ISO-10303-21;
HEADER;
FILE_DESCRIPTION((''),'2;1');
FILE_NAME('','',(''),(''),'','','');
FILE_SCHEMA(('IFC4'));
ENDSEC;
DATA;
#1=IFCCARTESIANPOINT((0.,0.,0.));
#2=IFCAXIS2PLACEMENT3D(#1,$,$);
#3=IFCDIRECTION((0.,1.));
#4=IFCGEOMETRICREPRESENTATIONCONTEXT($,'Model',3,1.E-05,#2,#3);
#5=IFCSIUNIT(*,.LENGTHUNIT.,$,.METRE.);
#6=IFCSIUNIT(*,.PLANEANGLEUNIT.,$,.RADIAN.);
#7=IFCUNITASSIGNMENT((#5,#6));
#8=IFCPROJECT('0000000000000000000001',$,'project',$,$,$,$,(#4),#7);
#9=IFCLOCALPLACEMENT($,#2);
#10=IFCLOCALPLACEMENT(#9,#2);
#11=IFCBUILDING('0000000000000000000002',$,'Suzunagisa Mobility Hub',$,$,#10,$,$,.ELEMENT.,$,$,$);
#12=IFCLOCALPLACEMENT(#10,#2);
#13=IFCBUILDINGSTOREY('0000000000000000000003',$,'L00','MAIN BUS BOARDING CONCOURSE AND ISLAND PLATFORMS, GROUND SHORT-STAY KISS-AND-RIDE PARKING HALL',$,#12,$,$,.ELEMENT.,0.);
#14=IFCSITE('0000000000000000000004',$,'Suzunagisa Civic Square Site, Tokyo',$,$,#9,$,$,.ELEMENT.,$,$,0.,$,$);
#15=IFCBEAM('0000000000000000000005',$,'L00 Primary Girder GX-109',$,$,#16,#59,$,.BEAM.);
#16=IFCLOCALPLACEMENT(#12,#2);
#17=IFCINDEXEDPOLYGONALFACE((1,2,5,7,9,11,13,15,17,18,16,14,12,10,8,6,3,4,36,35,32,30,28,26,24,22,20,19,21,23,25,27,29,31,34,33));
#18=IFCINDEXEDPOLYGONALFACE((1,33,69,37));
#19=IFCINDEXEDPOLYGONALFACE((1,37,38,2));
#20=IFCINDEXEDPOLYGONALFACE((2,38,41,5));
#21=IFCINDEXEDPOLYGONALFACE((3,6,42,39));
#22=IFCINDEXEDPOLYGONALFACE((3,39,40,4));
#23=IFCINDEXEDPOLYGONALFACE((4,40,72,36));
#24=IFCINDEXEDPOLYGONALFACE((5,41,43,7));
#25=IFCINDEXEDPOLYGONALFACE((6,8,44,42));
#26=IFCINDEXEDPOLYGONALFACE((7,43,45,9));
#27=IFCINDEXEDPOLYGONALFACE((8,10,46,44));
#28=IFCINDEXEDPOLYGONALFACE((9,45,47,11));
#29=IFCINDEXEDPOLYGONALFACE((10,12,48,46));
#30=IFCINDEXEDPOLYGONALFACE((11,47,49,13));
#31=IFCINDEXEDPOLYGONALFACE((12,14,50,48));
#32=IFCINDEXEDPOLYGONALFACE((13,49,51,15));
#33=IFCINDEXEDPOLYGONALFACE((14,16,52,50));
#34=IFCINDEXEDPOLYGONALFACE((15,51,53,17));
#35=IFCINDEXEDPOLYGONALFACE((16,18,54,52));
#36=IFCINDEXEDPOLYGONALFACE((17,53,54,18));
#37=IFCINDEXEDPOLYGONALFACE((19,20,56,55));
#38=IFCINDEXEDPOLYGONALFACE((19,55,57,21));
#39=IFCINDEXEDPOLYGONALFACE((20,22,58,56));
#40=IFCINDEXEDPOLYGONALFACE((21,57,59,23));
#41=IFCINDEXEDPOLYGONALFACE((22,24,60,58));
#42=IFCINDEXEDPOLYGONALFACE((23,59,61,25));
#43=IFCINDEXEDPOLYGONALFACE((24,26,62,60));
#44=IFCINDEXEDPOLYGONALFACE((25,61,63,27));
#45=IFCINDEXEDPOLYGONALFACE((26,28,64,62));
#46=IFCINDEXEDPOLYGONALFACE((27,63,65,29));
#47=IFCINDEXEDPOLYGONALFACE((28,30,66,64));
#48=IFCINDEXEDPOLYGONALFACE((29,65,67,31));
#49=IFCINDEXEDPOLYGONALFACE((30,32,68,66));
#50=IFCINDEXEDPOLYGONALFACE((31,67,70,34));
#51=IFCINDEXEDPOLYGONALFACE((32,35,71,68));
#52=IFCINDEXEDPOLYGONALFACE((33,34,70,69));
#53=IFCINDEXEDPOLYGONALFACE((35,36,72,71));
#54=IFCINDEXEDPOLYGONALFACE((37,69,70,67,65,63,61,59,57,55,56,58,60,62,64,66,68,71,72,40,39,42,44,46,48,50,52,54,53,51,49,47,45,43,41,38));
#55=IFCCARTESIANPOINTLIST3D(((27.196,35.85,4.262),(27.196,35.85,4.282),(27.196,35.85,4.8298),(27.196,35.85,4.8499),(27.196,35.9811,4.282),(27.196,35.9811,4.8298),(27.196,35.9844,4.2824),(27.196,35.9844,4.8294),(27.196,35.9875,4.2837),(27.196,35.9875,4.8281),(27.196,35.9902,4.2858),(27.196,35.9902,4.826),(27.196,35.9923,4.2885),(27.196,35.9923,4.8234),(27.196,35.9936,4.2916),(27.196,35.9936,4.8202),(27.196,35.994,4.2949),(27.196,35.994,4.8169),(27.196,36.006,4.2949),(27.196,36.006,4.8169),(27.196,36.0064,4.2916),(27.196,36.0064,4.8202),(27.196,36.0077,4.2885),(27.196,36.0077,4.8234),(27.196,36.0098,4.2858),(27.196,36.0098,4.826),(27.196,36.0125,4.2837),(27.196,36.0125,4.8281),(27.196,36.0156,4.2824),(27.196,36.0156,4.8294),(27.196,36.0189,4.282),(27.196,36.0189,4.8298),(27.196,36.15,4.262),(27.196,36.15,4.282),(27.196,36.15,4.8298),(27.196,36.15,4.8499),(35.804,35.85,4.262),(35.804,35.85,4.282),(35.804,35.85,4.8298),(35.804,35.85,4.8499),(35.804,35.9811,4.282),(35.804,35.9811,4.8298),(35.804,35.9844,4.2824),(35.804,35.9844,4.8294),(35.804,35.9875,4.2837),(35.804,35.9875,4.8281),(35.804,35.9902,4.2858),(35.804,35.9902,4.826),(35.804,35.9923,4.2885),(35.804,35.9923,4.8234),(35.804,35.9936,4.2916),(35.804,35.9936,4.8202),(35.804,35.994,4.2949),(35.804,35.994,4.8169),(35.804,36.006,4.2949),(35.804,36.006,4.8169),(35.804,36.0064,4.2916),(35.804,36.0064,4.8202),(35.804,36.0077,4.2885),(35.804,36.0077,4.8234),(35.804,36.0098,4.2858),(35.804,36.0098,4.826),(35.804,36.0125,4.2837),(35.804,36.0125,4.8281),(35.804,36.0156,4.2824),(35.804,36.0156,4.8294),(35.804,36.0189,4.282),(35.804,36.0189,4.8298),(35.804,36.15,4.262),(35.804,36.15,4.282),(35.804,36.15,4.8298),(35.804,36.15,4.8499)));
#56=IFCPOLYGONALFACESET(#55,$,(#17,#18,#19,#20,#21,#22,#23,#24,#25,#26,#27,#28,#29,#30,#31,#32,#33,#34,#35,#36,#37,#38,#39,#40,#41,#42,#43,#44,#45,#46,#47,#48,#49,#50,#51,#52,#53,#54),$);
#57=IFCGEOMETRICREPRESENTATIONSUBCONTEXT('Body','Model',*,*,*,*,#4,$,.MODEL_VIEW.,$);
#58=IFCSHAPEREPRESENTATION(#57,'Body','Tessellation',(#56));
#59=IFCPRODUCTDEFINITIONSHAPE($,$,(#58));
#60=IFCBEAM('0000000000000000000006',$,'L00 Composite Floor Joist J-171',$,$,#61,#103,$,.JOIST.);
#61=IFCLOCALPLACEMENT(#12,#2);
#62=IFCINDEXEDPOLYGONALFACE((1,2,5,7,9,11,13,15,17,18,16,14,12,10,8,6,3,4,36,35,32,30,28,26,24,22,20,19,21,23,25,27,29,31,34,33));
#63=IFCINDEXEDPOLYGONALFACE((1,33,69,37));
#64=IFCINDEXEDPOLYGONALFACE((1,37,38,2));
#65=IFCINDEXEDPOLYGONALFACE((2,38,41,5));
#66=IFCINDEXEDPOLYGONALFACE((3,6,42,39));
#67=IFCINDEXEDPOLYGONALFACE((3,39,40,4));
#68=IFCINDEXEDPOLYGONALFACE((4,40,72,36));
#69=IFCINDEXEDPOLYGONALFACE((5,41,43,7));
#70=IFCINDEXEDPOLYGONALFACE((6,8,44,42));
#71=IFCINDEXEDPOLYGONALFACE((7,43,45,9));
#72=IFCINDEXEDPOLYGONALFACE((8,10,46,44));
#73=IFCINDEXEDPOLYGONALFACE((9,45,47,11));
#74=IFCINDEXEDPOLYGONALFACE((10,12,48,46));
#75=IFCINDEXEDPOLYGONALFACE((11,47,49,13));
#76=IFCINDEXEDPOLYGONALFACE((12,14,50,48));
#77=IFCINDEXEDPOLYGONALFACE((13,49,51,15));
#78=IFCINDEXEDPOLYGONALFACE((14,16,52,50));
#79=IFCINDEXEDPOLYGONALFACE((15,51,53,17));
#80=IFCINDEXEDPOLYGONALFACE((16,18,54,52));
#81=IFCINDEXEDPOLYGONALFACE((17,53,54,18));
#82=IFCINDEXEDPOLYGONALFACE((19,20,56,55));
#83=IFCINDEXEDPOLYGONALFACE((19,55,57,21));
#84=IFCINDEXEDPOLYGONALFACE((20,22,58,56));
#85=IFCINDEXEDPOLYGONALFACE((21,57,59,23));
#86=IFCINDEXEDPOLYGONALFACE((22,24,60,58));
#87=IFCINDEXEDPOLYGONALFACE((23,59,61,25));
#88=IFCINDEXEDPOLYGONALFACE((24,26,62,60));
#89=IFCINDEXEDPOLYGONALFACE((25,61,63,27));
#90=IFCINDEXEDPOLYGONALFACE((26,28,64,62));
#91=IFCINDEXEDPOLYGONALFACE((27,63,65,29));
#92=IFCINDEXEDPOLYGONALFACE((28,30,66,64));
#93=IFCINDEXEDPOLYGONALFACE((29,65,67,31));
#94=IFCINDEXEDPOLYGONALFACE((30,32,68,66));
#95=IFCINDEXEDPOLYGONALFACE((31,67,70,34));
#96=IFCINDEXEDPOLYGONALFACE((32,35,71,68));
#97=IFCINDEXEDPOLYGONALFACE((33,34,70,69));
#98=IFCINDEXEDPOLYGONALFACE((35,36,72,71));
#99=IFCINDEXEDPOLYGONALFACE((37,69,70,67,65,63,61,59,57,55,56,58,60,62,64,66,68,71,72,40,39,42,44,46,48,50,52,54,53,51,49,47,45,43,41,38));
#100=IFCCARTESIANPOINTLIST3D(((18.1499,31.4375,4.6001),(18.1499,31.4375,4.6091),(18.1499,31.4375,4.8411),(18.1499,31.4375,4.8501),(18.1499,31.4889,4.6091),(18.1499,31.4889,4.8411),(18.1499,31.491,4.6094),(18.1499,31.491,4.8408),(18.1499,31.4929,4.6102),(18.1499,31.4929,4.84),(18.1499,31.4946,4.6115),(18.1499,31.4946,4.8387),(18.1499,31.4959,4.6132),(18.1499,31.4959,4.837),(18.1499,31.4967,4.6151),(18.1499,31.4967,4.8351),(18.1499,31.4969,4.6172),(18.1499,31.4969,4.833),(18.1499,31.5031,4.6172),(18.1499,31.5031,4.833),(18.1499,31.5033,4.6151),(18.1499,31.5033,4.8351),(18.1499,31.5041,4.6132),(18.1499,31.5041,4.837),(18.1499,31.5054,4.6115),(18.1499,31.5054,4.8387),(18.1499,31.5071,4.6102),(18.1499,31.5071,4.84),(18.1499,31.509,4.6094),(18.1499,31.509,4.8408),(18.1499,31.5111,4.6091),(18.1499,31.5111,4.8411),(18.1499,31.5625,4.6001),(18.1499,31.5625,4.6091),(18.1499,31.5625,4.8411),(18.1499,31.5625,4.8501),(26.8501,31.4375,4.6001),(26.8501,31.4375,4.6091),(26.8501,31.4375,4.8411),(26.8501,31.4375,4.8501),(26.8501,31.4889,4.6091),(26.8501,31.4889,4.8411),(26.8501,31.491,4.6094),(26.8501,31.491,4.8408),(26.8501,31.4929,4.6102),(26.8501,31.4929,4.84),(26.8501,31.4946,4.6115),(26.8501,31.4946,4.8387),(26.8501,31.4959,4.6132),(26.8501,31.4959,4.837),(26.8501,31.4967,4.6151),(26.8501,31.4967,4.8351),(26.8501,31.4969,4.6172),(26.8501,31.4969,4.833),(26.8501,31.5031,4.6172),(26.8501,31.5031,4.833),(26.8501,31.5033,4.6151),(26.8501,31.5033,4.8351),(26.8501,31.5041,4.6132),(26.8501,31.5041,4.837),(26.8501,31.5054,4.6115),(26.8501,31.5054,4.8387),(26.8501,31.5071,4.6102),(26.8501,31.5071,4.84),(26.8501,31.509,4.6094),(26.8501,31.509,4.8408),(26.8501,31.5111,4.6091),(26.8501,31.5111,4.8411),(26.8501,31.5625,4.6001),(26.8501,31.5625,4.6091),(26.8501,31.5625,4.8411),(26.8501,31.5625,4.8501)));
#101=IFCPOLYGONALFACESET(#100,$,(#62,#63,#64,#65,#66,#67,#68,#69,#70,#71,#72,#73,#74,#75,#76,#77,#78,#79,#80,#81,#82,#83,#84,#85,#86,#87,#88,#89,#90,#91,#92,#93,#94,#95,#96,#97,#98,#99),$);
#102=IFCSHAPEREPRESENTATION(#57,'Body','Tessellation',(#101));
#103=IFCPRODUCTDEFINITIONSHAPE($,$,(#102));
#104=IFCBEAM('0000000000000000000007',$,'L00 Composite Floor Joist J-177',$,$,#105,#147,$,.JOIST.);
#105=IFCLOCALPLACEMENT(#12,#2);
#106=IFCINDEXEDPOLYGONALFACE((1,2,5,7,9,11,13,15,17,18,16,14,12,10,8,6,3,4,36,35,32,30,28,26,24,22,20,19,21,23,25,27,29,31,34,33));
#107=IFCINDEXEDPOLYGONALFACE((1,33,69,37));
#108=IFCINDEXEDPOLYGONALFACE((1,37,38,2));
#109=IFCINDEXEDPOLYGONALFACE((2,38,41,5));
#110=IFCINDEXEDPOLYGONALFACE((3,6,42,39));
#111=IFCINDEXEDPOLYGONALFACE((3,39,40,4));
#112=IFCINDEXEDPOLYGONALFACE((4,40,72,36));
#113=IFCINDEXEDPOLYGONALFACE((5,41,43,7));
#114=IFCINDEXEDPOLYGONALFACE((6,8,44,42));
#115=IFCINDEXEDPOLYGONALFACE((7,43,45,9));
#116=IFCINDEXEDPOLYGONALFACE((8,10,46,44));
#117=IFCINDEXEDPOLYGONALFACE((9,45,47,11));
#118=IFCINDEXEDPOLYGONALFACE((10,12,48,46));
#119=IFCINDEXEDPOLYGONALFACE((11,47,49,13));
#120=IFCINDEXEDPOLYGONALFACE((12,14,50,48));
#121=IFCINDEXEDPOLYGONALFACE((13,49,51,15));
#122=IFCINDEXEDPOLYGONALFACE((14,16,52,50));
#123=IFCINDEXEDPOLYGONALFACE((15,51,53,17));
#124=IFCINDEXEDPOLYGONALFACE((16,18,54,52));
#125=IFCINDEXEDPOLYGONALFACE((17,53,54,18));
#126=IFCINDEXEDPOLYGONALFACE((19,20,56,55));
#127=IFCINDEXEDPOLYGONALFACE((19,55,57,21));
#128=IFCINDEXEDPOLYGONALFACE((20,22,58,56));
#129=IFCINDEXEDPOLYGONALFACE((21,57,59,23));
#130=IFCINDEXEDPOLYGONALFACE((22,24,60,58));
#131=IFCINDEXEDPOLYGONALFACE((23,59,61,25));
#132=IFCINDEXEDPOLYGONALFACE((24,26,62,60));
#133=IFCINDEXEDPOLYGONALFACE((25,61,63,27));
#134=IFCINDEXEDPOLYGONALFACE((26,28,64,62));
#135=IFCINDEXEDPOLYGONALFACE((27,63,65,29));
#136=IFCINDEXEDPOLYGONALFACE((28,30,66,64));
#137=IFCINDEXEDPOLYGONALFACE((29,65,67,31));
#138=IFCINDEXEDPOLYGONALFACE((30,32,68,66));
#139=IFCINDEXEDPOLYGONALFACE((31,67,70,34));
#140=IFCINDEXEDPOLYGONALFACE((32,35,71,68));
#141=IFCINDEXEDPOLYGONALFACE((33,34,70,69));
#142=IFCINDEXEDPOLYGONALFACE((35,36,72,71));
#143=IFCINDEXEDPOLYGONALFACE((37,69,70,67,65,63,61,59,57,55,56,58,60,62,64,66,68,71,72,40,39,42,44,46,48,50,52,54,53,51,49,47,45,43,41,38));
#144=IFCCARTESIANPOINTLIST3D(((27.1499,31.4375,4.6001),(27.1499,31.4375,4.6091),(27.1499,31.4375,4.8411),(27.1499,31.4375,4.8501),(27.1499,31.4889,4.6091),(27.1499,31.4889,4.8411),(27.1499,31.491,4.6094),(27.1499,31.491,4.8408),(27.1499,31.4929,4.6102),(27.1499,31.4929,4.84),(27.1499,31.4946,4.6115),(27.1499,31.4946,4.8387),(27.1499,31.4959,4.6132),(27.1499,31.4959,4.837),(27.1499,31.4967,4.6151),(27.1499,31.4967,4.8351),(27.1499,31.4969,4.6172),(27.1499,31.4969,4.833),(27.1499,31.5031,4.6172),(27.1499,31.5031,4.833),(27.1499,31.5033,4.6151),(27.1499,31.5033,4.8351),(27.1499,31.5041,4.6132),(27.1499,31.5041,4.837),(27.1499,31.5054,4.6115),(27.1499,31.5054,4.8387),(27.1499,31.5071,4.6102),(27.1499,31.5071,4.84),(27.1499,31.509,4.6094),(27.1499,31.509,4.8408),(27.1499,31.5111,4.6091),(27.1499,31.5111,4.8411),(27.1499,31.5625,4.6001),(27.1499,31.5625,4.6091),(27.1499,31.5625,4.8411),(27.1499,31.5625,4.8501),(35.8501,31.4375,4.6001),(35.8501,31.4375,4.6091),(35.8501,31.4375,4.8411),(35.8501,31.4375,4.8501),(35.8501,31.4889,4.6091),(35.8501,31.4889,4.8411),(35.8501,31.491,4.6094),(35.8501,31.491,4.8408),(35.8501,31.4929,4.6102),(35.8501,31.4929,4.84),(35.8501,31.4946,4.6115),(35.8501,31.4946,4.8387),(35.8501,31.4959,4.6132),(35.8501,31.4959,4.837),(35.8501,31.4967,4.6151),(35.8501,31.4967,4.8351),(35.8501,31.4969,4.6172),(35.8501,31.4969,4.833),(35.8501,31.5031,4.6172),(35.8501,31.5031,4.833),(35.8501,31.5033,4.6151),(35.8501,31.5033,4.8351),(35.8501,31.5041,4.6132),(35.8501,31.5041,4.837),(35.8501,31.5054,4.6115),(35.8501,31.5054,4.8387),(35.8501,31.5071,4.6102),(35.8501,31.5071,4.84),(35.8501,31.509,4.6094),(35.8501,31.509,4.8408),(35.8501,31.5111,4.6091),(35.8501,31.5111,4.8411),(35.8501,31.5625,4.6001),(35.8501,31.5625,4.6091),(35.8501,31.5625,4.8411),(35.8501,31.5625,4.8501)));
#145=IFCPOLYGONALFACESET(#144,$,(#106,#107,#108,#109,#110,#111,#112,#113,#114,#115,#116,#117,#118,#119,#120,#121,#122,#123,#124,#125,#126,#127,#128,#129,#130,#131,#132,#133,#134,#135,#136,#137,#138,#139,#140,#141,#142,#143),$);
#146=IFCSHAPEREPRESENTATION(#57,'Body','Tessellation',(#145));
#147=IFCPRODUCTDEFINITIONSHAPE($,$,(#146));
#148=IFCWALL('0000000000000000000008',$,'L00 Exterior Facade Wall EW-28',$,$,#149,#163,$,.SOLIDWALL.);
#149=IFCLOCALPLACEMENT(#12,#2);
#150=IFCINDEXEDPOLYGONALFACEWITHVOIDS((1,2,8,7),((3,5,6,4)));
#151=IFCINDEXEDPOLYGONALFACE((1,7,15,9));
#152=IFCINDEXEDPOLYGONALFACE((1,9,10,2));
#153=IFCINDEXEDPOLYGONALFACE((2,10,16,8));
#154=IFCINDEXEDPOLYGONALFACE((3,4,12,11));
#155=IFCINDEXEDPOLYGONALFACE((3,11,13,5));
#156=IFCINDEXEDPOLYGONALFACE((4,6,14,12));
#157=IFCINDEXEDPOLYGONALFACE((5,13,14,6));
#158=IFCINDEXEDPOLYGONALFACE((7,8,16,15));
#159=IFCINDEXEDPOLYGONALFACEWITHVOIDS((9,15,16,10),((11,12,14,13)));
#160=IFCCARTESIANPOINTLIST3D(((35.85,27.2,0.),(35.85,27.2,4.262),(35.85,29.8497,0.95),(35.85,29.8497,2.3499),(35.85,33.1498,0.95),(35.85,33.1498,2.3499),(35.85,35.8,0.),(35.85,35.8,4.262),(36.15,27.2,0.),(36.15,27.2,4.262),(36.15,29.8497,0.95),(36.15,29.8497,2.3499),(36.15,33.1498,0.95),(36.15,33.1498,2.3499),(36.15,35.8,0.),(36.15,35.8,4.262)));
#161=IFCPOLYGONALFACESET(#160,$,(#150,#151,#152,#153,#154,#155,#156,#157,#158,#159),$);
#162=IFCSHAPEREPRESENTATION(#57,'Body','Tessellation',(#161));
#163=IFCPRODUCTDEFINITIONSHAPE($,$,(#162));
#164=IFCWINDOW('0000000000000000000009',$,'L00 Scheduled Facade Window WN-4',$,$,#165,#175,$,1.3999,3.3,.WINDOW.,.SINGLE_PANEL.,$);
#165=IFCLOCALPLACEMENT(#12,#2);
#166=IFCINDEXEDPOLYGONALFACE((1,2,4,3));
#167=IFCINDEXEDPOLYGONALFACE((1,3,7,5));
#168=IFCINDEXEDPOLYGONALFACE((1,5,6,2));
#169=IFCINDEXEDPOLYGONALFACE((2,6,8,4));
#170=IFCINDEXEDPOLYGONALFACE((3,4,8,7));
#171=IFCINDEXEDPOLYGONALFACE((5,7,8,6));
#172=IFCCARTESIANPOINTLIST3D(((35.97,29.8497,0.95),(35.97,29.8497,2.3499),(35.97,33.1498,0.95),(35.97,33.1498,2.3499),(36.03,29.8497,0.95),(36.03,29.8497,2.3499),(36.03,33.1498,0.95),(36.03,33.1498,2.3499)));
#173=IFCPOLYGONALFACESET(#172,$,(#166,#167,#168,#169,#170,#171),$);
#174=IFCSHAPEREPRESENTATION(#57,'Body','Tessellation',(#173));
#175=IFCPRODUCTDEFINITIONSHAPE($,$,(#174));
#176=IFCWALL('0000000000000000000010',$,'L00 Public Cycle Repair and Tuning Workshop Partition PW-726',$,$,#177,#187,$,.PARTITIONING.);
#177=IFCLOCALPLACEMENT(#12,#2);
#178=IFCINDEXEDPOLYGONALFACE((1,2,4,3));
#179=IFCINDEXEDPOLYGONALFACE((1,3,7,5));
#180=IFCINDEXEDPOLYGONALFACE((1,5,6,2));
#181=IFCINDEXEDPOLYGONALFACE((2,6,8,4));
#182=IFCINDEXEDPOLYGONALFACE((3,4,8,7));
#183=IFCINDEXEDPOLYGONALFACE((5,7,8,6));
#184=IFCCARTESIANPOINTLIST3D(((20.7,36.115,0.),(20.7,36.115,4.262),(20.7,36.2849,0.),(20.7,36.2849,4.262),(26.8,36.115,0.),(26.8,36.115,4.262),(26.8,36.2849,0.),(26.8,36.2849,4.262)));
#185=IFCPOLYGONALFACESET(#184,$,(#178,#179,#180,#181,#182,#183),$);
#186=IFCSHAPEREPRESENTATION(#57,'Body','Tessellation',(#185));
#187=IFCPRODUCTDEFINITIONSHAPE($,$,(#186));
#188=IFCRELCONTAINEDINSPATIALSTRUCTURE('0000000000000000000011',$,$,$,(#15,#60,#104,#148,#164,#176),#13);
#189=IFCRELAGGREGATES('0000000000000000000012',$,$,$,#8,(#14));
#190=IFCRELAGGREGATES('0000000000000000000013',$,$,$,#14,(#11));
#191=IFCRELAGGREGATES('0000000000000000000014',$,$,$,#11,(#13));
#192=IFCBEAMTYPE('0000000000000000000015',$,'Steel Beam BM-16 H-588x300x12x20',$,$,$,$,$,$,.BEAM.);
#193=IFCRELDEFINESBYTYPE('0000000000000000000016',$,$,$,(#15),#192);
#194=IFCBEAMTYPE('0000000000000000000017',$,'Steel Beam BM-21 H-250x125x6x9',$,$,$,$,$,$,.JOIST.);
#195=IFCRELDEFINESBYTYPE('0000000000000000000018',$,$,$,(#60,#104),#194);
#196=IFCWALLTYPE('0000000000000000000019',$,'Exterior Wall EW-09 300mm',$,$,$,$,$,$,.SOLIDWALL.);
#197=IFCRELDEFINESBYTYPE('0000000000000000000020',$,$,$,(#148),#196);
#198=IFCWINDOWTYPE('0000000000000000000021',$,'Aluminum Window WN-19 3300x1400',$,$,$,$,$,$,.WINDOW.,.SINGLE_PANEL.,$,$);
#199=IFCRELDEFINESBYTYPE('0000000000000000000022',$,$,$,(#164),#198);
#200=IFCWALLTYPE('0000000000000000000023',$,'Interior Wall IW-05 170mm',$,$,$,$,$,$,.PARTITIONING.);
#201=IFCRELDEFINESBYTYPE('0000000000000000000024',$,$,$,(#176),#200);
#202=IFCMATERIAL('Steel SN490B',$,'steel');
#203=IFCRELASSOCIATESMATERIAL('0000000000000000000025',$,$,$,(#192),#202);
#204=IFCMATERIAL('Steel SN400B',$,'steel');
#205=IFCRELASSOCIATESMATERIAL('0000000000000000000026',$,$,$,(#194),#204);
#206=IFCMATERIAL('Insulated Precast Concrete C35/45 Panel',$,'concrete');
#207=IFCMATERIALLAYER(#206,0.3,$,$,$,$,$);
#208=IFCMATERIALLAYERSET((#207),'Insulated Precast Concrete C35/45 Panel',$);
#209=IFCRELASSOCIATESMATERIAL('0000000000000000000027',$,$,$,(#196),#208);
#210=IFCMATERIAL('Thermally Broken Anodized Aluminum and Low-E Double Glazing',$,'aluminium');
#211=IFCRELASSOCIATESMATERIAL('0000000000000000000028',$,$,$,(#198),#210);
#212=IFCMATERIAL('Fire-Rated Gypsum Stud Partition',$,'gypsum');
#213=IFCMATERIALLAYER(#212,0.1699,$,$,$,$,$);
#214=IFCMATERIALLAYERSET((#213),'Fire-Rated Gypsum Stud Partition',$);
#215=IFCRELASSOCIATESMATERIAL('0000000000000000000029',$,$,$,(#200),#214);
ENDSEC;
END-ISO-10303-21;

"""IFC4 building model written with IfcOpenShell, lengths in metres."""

from ifc_helpers import new_model, si_unit, direction, frame, frame_2d, origin, origin_2d, place, context, subcontext, project, spatial, rectangle, i_section, extrude, material, layer, layer_set, material_profile, profile_set, type_object, element, fill, save


model = new_model("IFC4")

# Units and contexts
model_context = context("Model", 3, precision=1e-05, world=origin(), true_north=direction((0.0, 1.0)))
body_context = subcontext(model_context, "Body", "Model", "MODEL_VIEW")
ifc_project = project(units=[si_unit("LENGTHUNIT", "METRE"), si_unit("PLANEANGLEUNIT", "RADIAN")], contexts=[model_context])

# Site, building, storey
site_placement = place(None, origin())
site = spatial("IfcSite", under=ifc_project, at=site_placement, Name="Suzunagisa Civic Square Site, Tokyo", CompositionType="ELEMENT", RefElevation=0.0)
building_placement = place(site_placement, origin())
building = spatial("IfcBuilding", under=site, at=building_placement, Name="Suzunagisa Mobility Hub", CompositionType="ELEMENT")
storey_placement = place(building_placement, origin())
storey = spatial("IfcBuildingStorey", under=building, at=storey_placement, Name="L00", Description="MAIN BUS BOARDING CONCOURSE AND ISLAND PLATFORMS, GROUND SHORT-STAY KISS-AND-RIDE PARKING HALL", CompositionType="ELEMENT", Elevation=0.0)

# Shared definitions
ifc_material_1 = material(Name="Steel SN490B", Category="steel")

# Beams
ifc_material_profile_1 = material_profile(ifc_material_1, i_section(OverallWidth=0.3, OverallDepth=0.5879, WebThickness=0.012, FlangeThickness=0.02, FilletRadius=0.0129, at=origin_2d()), Name="H-588x300x12x20")
ifc_profile_set_1 = profile_set([ifc_material_profile_1], Name="Steel SN490B")
beam_type_1 = type_object("IfcBeamType", Name="Steel Beam BM-16 H-588x300x12x20", PredefinedType="BEAM", material=ifc_profile_set_1)
for number, where, z_axis, x_axis, name in (
    (1, (27.196, 36.0, 4.5559), (1.0, 0.0, 0.0), (0.0, 1.0, 0.0), "L00 Primary Girder GX-109"),
):
    element("IfcBeam", number, at=place(storey_placement, frame(where, z_axis=z_axis, x_axis=x_axis)), inside=storey, type_object=beam_type_1, Name=name, PredefinedType="BEAM", context=body_context, shape_type="SweptSolid", body=[
        extrude(i_section(OverallWidth=0.3, OverallDepth=0.5879, WebThickness=0.012, FlangeThickness=0.02, FilletRadius=0.0129, at=origin_2d()), origin(), (0.0, 0.0, 1.0), 8.6079),
    ])
ifc_material_2 = material(Name="Steel SN400B", Category="steel")
ifc_material_profile_2 = material_profile(ifc_material_2, i_section(OverallWidth=0.125, OverallDepth=0.25, WebThickness=0.0061, FlangeThickness=0.009, FilletRadius=0.0081, at=origin_2d()), Name="H-250x125x6x9")
ifc_profile_set_2 = profile_set([ifc_material_profile_2], Name="Steel SN400B")
beam_type_2 = type_object("IfcBeamType", Name="Steel Beam BM-21 H-250x125x6x9", PredefinedType="JOIST", material=ifc_profile_set_2)
for number, where, z_axis, x_axis, name in (
    (2, (18.1499, 31.5, 4.7251), (1.0, 0.0, 0.0), (0.0, 1.0, 0.0), "L00 Composite Floor Joist J-171"),
    (3, (27.1499, 31.5, 4.7251), (1.0, 0.0, 0.0), (0.0, 1.0, 0.0), "L00 Composite Floor Joist J-177"),
):
    element("IfcBeam", number, at=place(storey_placement, frame(where, z_axis=z_axis, x_axis=x_axis)), inside=storey, type_object=beam_type_2, Name=name, PredefinedType="JOIST", context=body_context, shape_type="SweptSolid", body=[
        extrude(i_section(OverallWidth=0.125, OverallDepth=0.25, WebThickness=0.0061, FlangeThickness=0.009, FilletRadius=0.0081, at=origin_2d()), origin(), (0.0, 0.0, 1.0), 8.7002),
    ])

# Wall, opening, window
ifc_material_3 = material(Name="Insulated Precast Concrete C35/45 Panel", Category="concrete")
ifc_layer_1 = layer(ifc_material_3, 0.3)
ifc_layer_set_1 = layer_set([ifc_layer_1], Name="Insulated Precast Concrete C35/45 Panel")
wall_type_1 = type_object("IfcWallType", Name="Exterior Wall EW-09 300mm", PredefinedType="SOLIDWALL", material=ifc_layer_set_1)
wall_1_placement = place(storey_placement, frame((36.0, 27.2, 0.0), z_axis=(0.0, 0.0, 1.0), x_axis=(0.0, 1.0, 0.0)))
wall_1 = element("IfcWall", 4, at=wall_1_placement, inside=storey, type_object=wall_type_1, Name="L00 Exterior Facade Wall EW-28", PredefinedType="SOLIDWALL", context=body_context, shape_type="SweptSolid", body=[
    extrude(rectangle(XDim=8.6001, YDim=0.3, at=frame_2d((4.3, 0.0))), origin(), (0.0, 0.0, 1.0), 4.262),
])
opening_1_placement = place(wall_1_placement, frame((2.6499, 0.0, 0.95)))
opening_1 = element("IfcOpeningElement", 5, at=opening_1_placement, cuts=wall_1, PredefinedType="OPENING", context=body_context, shape_type="SweptSolid", body=[
    extrude(rectangle(XDim=3.3, YDim=1.3999, at=frame_2d((1.6499, 0.7))), frame((0.0, 0.1611, 0.0), z_axis=(0.0, -1.0, 0.0), x_axis=(1.0, 0.0, 0.0)), (0.0, 0.0, 1.0), 0.322),
])
ifc_material_4 = material(Name="Thermally Broken Anodized Aluminum and Low-E Double Glazing", Category="aluminium")
window_type = type_object("IfcWindowType", Name="Aluminum Window WN-19 3300x1400", PartitioningType="SINGLE_PANEL", PredefinedType="WINDOW", material=ifc_material_4)
window_placement = place(opening_1_placement, origin())
window = element("IfcWindow", 6, at=window_placement, inside=storey, type_object=window_type, Name="L00 Scheduled Facade Window WN-4", OverallHeight=1.3999, OverallWidth=3.3, PartitioningType="SINGLE_PANEL", PredefinedType="WINDOW", context=body_context, shape_type="SweptSolid", body=[
    extrude(rectangle(XDim=3.3, YDim=1.3999, at=frame_2d((1.6499, 0.7))), frame((0.0, 0.03, 0.0), z_axis=(0.0, -1.0, 0.0), x_axis=(1.0, 0.0, 0.0)), (0.0, 0.0, 1.0), 0.0601),
])
fill(opening_1, window)

# Wall
ifc_material_5 = material(Name="Fire-Rated Gypsum Stud Partition", Category="gypsum")
ifc_layer_2 = layer(ifc_material_5, 0.1699)
ifc_layer_set_2 = layer_set([ifc_layer_2], Name="Fire-Rated Gypsum Stud Partition")
wall_type_2 = type_object("IfcWallType", Name="Interior Wall IW-05 170mm", PredefinedType="PARTITIONING", material=ifc_layer_set_2)
wall_2_placement = place(storey_placement, frame((20.7, 36.2, 0.0), z_axis=(0.0, 0.0, 1.0), x_axis=(1.0, 0.0, 0.0)))
element("IfcWall", 7, at=wall_2_placement, inside=storey, type_object=wall_type_2, Name="L00 Public Cycle Repair and Tuning Workshop Partition PW-726", PredefinedType="PARTITIONING", context=body_context, shape_type="SweptSolid", body=[
    extrude(rectangle(XDim=6.1001, YDim=0.1699, at=frame_2d((3.05, 0.0))), origin(), (0.0, 0.0, 1.0), 4.262),
])

save(model, "model.ifc")
